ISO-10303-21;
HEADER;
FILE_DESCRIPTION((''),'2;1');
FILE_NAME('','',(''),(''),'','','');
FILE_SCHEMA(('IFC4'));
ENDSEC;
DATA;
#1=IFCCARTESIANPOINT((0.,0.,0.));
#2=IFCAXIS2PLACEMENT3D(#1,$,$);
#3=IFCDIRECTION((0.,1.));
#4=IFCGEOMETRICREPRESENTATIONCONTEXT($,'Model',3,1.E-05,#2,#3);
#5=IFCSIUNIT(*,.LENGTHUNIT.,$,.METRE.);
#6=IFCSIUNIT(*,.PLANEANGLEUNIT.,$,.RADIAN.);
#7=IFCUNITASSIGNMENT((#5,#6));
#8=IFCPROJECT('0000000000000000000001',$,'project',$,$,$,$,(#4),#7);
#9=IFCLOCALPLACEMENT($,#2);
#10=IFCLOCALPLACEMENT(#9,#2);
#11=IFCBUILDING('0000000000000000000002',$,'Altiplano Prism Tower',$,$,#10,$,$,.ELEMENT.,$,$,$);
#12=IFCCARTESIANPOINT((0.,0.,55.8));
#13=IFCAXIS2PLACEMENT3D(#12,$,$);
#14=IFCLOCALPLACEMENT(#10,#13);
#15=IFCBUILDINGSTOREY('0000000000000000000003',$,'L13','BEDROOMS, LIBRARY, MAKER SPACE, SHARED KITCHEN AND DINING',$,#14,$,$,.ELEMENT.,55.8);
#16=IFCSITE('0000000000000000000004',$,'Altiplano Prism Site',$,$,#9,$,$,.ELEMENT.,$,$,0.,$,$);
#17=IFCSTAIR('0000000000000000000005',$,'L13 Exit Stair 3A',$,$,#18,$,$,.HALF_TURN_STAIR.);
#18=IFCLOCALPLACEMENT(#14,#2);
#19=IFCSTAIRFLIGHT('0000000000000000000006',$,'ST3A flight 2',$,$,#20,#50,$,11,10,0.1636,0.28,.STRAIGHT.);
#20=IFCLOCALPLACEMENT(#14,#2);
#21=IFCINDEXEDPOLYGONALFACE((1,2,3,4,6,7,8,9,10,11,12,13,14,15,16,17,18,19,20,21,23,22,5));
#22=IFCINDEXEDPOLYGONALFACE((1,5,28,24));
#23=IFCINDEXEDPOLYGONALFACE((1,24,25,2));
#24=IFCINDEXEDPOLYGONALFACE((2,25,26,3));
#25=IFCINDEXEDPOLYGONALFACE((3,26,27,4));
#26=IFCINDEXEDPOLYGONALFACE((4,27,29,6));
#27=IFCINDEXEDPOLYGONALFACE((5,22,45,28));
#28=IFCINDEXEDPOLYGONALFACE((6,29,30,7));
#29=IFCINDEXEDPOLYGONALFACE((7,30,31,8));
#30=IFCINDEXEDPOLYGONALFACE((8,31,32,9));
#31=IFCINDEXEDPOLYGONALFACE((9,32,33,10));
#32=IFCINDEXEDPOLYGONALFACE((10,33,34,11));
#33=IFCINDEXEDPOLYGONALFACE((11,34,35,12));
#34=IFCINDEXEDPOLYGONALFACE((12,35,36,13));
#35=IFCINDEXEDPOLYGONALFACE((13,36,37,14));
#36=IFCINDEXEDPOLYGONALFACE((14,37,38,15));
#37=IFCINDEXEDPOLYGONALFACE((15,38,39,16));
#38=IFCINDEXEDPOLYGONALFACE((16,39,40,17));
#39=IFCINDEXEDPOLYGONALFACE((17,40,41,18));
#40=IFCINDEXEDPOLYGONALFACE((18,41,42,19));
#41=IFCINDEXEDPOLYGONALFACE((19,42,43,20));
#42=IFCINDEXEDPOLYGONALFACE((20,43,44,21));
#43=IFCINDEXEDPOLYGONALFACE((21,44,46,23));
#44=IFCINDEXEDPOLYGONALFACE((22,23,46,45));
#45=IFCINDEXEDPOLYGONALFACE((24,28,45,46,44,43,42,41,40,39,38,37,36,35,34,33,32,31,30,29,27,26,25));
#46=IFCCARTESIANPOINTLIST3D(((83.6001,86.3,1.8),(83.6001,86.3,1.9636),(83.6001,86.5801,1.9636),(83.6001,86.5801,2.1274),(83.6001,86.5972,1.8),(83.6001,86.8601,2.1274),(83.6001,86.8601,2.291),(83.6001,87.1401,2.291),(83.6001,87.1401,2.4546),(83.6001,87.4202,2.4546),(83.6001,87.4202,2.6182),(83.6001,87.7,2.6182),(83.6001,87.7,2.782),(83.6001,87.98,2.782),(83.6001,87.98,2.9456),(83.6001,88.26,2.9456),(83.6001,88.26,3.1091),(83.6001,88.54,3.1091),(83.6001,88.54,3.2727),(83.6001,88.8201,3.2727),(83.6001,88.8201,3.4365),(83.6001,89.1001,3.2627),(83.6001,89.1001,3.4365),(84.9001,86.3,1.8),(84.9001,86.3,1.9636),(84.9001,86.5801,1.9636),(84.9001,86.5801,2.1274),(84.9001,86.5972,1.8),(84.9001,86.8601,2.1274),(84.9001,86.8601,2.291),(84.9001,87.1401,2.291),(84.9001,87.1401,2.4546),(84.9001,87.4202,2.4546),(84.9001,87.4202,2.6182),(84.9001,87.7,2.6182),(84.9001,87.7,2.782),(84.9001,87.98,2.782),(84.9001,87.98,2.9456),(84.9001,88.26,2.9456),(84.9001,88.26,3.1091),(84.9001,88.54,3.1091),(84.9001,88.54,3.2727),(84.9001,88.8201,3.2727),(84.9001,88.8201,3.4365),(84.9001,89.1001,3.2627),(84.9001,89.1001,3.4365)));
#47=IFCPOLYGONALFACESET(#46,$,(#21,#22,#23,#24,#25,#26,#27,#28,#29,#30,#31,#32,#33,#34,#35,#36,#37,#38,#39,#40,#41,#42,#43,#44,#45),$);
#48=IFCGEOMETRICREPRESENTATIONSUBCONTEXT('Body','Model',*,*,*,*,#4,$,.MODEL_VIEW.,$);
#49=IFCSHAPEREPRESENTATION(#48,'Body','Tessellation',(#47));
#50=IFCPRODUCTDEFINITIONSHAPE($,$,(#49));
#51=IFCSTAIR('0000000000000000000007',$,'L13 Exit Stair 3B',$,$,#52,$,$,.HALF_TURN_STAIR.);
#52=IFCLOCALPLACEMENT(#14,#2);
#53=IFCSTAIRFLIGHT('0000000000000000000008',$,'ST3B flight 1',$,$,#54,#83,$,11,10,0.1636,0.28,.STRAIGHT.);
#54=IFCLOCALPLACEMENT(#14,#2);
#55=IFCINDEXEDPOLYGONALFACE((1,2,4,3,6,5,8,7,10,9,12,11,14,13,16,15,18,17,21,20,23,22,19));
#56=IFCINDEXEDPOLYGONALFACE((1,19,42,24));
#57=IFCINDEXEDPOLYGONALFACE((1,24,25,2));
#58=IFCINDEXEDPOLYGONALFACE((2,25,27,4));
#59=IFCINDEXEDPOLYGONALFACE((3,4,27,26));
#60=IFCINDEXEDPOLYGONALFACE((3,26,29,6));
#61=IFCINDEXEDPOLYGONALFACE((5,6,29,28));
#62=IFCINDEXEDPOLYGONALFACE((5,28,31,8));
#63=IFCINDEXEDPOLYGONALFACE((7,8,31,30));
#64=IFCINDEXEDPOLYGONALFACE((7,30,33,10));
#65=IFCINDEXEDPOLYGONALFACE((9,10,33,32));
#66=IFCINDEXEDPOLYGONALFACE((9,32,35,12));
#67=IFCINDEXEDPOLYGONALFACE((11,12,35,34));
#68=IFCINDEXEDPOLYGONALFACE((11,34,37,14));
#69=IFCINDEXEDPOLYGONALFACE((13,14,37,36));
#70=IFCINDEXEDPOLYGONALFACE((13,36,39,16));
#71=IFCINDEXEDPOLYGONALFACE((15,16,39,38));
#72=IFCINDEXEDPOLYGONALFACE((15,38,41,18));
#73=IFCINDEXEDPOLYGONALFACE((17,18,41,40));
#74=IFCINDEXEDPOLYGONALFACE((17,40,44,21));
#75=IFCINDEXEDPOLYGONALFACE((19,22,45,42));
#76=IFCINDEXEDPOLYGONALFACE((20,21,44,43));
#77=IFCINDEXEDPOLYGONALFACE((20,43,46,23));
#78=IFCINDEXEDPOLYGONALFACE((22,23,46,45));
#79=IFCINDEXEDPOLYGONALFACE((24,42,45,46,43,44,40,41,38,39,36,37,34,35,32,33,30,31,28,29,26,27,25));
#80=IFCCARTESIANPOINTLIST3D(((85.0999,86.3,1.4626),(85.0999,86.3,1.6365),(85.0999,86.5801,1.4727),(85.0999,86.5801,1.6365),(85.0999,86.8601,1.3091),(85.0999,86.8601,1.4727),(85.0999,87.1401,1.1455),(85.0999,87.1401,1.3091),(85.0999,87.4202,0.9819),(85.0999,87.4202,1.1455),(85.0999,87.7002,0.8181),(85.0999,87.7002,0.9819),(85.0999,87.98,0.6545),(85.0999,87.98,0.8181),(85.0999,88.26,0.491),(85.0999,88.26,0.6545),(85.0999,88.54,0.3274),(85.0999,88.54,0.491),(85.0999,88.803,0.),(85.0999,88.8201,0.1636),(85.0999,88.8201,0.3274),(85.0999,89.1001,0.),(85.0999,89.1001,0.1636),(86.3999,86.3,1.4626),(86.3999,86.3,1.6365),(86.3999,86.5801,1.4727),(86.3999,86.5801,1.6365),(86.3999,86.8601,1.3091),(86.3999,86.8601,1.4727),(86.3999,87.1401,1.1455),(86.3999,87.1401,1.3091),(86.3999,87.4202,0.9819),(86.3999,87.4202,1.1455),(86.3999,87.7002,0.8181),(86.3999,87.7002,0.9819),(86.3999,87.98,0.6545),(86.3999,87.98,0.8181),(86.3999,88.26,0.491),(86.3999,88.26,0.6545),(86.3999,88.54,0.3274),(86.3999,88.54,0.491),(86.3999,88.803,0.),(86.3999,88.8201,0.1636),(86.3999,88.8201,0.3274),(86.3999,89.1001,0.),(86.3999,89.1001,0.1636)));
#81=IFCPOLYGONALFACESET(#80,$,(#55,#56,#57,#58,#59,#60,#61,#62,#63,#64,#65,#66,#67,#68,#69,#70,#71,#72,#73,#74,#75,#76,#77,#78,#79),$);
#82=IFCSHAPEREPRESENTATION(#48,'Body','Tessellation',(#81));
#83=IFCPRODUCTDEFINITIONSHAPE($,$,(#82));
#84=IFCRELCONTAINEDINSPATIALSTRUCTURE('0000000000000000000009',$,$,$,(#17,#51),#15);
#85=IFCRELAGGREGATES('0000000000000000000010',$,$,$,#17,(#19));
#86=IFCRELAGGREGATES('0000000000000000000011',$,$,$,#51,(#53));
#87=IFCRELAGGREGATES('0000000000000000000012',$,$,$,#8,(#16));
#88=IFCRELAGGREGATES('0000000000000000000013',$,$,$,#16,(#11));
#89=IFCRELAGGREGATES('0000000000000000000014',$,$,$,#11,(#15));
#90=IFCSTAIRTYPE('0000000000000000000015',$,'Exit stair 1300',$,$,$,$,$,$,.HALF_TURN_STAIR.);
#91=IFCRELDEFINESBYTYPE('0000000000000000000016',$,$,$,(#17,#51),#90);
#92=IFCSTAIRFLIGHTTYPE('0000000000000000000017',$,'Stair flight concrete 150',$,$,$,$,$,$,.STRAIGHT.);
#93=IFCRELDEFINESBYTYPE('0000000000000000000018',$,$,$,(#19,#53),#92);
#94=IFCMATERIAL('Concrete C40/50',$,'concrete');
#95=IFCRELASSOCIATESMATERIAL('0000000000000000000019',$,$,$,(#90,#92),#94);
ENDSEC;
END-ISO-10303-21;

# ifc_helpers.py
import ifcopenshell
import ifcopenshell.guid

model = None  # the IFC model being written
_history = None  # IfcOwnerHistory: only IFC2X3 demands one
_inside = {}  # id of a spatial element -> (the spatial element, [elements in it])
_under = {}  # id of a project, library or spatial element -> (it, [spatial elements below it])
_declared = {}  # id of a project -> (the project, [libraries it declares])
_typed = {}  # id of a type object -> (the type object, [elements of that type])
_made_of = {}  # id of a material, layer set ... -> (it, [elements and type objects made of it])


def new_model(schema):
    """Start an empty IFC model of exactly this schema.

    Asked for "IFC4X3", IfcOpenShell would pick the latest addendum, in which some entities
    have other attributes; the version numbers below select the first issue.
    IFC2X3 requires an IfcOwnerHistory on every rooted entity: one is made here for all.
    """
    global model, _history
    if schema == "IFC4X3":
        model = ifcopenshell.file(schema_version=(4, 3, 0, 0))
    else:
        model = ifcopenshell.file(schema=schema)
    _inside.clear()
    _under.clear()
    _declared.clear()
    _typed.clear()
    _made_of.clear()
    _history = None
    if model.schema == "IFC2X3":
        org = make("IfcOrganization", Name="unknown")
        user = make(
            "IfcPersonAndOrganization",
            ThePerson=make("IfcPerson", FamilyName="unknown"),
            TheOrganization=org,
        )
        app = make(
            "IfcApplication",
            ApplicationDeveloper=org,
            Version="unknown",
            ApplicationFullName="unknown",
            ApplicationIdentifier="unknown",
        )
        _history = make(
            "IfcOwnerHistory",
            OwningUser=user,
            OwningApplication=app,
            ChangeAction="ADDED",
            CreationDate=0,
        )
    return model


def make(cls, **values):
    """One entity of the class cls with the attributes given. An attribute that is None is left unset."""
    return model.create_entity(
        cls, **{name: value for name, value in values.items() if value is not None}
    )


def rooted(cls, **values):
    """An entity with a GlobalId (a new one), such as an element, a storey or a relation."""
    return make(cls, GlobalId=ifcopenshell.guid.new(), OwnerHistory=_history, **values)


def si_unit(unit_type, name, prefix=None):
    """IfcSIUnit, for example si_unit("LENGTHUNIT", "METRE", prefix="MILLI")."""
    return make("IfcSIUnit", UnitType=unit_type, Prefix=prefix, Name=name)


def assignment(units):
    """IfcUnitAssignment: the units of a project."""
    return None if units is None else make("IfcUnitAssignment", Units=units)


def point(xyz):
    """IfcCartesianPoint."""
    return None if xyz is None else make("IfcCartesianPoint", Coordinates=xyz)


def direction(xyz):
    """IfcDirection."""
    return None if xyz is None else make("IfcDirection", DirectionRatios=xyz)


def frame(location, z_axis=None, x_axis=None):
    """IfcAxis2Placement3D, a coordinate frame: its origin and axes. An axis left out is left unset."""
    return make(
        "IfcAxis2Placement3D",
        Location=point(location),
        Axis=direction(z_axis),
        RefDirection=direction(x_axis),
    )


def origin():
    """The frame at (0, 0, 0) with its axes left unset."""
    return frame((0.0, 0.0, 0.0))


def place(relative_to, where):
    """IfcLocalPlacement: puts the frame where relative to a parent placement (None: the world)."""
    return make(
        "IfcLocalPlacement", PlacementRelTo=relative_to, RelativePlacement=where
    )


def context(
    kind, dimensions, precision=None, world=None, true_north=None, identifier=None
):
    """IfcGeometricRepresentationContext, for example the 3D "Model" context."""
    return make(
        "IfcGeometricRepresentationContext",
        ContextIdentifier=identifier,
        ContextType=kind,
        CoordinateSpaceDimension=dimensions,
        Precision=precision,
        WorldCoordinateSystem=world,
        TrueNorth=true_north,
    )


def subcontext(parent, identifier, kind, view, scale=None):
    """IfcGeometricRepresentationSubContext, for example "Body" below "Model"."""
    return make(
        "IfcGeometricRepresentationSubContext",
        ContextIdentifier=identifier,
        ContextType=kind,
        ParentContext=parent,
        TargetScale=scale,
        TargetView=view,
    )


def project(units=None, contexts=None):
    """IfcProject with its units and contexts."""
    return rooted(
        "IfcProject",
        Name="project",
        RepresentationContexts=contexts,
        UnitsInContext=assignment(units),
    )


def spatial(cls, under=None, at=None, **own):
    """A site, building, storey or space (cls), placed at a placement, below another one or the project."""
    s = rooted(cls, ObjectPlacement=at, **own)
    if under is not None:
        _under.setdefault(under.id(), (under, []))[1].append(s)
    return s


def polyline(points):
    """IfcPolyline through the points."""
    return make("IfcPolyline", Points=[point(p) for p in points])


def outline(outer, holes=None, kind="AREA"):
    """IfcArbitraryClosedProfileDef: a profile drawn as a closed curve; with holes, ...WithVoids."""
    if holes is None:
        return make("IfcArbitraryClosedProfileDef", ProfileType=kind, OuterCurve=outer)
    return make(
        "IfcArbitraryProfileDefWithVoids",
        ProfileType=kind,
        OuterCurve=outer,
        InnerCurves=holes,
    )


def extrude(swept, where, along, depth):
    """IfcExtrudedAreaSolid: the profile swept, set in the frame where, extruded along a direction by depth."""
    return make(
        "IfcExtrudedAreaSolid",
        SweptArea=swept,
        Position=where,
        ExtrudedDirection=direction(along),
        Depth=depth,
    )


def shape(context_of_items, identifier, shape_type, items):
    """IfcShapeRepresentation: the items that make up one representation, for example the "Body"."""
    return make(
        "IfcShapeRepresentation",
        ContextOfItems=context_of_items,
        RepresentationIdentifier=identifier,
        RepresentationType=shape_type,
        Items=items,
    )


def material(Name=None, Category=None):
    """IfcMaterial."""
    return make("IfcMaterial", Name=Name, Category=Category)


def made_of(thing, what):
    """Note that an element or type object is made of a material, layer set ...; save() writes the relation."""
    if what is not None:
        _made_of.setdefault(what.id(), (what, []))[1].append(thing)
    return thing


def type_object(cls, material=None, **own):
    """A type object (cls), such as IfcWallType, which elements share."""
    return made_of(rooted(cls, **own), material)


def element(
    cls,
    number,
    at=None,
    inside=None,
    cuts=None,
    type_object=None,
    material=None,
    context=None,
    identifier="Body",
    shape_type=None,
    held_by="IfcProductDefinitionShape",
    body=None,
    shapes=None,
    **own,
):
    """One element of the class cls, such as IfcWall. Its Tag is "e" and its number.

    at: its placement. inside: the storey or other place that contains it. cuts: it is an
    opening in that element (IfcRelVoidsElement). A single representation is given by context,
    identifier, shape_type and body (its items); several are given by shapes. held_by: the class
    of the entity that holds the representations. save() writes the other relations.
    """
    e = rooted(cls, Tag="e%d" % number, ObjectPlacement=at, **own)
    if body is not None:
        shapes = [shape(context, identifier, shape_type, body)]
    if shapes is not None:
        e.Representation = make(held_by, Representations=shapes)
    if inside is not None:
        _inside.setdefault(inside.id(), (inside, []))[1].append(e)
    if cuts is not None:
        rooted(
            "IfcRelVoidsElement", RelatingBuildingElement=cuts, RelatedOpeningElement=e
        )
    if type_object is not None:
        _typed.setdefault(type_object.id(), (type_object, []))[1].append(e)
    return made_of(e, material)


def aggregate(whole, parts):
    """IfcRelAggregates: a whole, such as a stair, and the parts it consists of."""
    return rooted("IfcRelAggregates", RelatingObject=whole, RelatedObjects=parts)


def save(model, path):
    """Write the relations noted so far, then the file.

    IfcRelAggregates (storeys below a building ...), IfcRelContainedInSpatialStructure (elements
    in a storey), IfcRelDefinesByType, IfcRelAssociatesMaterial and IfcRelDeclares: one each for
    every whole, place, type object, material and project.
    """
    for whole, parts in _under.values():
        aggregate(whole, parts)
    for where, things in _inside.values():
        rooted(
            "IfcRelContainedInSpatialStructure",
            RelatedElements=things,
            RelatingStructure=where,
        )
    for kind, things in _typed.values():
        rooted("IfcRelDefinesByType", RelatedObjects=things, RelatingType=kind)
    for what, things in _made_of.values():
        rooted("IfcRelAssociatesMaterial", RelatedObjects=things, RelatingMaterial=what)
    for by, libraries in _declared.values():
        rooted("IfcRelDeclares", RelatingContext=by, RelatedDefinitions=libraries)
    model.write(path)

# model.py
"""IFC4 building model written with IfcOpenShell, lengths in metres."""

from ifc_helpers import new_model, si_unit, direction, frame, origin, place, context, subcontext, project, spatial, polyline, outline, extrude, material, type_object, element, aggregate, save


model = new_model("IFC4")

# Units and contexts
model_context = context("Model", 3, precision=1e-05, world=origin(), true_north=direction((0.0, 1.0)))
body_context = subcontext(model_context, "Body", "Model", "MODEL_VIEW")
ifc_project = project(units=[si_unit("LENGTHUNIT", "METRE"), si_unit("PLANEANGLEUNIT", "RADIAN")], contexts=[model_context])

# Site, building, storey
site_placement = place(None, origin())
site = spatial("IfcSite", under=ifc_project, at=site_placement, Name="Altiplano Prism Site", CompositionType="ELEMENT", RefElevation=0.0)
building_placement = place(site_placement, origin())
building = spatial("IfcBuilding", under=site, at=building_placement, Name="Altiplano Prism Tower", CompositionType="ELEMENT")
storey_placement = place(building_placement, frame((0.0, 0.0, 55.8)))
storey = spatial("IfcBuildingStorey", under=building, at=storey_placement, Name="L13", Description="BEDROOMS, LIBRARY, MAKER SPACE, SHARED KITCHEN AND DINING", CompositionType="ELEMENT", Elevation=55.8)

# Stair, stair flight
ifc_material_1 = material(Name="Concrete C40/50", Category="concrete")
stair_type = type_object("IfcStairType", Name="Exit stair 1300", PredefinedType="HALF_TURN_STAIR", material=ifc_material_1)
stair_1_placement = place(storey_placement, origin())
stair_1 = element("IfcStair", 1, at=stair_1_placement, inside=storey, type_object=stair_type, Name="L13 Exit Stair 3A", PredefinedType="HALF_TURN_STAIR")
stair_flight_type = type_object("IfcStairFlightType", Name="Stair flight concrete 150", PredefinedType="STRAIGHT", material=ifc_material_1)
stair_flight_1_placement = place(storey_placement, frame((84.25, 86.3, 1.8), z_axis=(0.0, 0.0, 1.0), x_axis=(0.0, 1.0, 0.0)))
stair_flight_1 = element("IfcStairFlight", 2, at=stair_flight_1_placement, type_object=stair_flight_type, Name="ST3A flight 2", NumberOfRisers=11, NumberOfTreads=10, PredefinedType="STRAIGHT", RiserHeight=0.1636, TreadLength=0.28, context=body_context, shape_type="SweptSolid", body=[
    extrude(outline(polyline([(0.0, 0.0), (0.0, 0.1636), (0.28, 0.1636), (0.28, 0.3274), (0.5601, 0.3274), (0.5601, 0.491), (0.8401, 0.491), (0.8401, 0.6545), (1.1201, 0.6545), (1.1201, 0.8181), (1.3999, 0.8181), (1.3999, 0.9819), (1.6799, 0.9819), (1.6799, 1.1455), (1.96, 1.1455), (1.96, 1.3091), (2.24, 1.3091), (2.24, 1.4727), (2.52, 1.4727), (2.52, 1.6365), (2.8, 1.6365), (2.8, 1.8), (2.8, 1.4626), (0.2971, 0.0), (0.0, 0.0)])), frame((0.0, 0.6499, 0.0), z_axis=(0.0, -1.0, 0.0), x_axis=(1.0, 0.0, 0.0)), (0.0, 0.0, 1.0), 1.3),
])
aggregate(stair_1, [stair_flight_1])

# Stair, stair flight
stair_2_placement = place(storey_placement, origin())
stair_2 = element("IfcStair", 3, at=stair_2_placement, inside=storey, type_object=stair_type, Name="L13 Exit Stair 3B", PredefinedType="HALF_TURN_STAIR")
stair_flight_2_placement = place(storey_placement, frame((85.75, 89.1001, 0.0), z_axis=(0.0, 0.0, 1.0), x_axis=(0.0, -1.0, 0.0)))
stair_flight_2 = element("IfcStairFlight", 4, at=stair_flight_2_placement, type_object=stair_flight_type, Name="ST3B flight 1", NumberOfRisers=11, NumberOfTreads=10, PredefinedType="STRAIGHT", RiserHeight=0.1636, TreadLength=0.28, context=body_context, shape_type="SweptSolid", body=[
    extrude(outline(polyline([(0.0, 0.0), (0.0, 0.1636), (0.28, 0.1636), (0.28, 0.3274), (0.5601, 0.3274), (0.5601, 0.491), (0.8401, 0.491), (0.8401, 0.6545), (1.1201, 0.6545), (1.1201, 0.8181), (1.3999, 0.8181), (1.3999, 0.9819), (1.6799, 0.9819), (1.6799, 1.1455), (1.96, 1.1455), (1.96, 1.3091), (2.24, 1.3091), (2.24, 1.4727), (2.52, 1.4727), (2.52, 1.6365), (2.8, 1.6365), (2.8, 1.8), (2.8, 1.4626), (0.2971, 0.0), (0.0, 0.0)])), frame((0.0, 0.6499, 0.0), z_axis=(0.0, -1.0, 0.0), x_axis=(1.0, 0.0, 0.0)), (0.0, 0.0, 1.0), 1.3),
])
aggregate(stair_2, [stair_flight_2])

save(model, "model.ifc")
